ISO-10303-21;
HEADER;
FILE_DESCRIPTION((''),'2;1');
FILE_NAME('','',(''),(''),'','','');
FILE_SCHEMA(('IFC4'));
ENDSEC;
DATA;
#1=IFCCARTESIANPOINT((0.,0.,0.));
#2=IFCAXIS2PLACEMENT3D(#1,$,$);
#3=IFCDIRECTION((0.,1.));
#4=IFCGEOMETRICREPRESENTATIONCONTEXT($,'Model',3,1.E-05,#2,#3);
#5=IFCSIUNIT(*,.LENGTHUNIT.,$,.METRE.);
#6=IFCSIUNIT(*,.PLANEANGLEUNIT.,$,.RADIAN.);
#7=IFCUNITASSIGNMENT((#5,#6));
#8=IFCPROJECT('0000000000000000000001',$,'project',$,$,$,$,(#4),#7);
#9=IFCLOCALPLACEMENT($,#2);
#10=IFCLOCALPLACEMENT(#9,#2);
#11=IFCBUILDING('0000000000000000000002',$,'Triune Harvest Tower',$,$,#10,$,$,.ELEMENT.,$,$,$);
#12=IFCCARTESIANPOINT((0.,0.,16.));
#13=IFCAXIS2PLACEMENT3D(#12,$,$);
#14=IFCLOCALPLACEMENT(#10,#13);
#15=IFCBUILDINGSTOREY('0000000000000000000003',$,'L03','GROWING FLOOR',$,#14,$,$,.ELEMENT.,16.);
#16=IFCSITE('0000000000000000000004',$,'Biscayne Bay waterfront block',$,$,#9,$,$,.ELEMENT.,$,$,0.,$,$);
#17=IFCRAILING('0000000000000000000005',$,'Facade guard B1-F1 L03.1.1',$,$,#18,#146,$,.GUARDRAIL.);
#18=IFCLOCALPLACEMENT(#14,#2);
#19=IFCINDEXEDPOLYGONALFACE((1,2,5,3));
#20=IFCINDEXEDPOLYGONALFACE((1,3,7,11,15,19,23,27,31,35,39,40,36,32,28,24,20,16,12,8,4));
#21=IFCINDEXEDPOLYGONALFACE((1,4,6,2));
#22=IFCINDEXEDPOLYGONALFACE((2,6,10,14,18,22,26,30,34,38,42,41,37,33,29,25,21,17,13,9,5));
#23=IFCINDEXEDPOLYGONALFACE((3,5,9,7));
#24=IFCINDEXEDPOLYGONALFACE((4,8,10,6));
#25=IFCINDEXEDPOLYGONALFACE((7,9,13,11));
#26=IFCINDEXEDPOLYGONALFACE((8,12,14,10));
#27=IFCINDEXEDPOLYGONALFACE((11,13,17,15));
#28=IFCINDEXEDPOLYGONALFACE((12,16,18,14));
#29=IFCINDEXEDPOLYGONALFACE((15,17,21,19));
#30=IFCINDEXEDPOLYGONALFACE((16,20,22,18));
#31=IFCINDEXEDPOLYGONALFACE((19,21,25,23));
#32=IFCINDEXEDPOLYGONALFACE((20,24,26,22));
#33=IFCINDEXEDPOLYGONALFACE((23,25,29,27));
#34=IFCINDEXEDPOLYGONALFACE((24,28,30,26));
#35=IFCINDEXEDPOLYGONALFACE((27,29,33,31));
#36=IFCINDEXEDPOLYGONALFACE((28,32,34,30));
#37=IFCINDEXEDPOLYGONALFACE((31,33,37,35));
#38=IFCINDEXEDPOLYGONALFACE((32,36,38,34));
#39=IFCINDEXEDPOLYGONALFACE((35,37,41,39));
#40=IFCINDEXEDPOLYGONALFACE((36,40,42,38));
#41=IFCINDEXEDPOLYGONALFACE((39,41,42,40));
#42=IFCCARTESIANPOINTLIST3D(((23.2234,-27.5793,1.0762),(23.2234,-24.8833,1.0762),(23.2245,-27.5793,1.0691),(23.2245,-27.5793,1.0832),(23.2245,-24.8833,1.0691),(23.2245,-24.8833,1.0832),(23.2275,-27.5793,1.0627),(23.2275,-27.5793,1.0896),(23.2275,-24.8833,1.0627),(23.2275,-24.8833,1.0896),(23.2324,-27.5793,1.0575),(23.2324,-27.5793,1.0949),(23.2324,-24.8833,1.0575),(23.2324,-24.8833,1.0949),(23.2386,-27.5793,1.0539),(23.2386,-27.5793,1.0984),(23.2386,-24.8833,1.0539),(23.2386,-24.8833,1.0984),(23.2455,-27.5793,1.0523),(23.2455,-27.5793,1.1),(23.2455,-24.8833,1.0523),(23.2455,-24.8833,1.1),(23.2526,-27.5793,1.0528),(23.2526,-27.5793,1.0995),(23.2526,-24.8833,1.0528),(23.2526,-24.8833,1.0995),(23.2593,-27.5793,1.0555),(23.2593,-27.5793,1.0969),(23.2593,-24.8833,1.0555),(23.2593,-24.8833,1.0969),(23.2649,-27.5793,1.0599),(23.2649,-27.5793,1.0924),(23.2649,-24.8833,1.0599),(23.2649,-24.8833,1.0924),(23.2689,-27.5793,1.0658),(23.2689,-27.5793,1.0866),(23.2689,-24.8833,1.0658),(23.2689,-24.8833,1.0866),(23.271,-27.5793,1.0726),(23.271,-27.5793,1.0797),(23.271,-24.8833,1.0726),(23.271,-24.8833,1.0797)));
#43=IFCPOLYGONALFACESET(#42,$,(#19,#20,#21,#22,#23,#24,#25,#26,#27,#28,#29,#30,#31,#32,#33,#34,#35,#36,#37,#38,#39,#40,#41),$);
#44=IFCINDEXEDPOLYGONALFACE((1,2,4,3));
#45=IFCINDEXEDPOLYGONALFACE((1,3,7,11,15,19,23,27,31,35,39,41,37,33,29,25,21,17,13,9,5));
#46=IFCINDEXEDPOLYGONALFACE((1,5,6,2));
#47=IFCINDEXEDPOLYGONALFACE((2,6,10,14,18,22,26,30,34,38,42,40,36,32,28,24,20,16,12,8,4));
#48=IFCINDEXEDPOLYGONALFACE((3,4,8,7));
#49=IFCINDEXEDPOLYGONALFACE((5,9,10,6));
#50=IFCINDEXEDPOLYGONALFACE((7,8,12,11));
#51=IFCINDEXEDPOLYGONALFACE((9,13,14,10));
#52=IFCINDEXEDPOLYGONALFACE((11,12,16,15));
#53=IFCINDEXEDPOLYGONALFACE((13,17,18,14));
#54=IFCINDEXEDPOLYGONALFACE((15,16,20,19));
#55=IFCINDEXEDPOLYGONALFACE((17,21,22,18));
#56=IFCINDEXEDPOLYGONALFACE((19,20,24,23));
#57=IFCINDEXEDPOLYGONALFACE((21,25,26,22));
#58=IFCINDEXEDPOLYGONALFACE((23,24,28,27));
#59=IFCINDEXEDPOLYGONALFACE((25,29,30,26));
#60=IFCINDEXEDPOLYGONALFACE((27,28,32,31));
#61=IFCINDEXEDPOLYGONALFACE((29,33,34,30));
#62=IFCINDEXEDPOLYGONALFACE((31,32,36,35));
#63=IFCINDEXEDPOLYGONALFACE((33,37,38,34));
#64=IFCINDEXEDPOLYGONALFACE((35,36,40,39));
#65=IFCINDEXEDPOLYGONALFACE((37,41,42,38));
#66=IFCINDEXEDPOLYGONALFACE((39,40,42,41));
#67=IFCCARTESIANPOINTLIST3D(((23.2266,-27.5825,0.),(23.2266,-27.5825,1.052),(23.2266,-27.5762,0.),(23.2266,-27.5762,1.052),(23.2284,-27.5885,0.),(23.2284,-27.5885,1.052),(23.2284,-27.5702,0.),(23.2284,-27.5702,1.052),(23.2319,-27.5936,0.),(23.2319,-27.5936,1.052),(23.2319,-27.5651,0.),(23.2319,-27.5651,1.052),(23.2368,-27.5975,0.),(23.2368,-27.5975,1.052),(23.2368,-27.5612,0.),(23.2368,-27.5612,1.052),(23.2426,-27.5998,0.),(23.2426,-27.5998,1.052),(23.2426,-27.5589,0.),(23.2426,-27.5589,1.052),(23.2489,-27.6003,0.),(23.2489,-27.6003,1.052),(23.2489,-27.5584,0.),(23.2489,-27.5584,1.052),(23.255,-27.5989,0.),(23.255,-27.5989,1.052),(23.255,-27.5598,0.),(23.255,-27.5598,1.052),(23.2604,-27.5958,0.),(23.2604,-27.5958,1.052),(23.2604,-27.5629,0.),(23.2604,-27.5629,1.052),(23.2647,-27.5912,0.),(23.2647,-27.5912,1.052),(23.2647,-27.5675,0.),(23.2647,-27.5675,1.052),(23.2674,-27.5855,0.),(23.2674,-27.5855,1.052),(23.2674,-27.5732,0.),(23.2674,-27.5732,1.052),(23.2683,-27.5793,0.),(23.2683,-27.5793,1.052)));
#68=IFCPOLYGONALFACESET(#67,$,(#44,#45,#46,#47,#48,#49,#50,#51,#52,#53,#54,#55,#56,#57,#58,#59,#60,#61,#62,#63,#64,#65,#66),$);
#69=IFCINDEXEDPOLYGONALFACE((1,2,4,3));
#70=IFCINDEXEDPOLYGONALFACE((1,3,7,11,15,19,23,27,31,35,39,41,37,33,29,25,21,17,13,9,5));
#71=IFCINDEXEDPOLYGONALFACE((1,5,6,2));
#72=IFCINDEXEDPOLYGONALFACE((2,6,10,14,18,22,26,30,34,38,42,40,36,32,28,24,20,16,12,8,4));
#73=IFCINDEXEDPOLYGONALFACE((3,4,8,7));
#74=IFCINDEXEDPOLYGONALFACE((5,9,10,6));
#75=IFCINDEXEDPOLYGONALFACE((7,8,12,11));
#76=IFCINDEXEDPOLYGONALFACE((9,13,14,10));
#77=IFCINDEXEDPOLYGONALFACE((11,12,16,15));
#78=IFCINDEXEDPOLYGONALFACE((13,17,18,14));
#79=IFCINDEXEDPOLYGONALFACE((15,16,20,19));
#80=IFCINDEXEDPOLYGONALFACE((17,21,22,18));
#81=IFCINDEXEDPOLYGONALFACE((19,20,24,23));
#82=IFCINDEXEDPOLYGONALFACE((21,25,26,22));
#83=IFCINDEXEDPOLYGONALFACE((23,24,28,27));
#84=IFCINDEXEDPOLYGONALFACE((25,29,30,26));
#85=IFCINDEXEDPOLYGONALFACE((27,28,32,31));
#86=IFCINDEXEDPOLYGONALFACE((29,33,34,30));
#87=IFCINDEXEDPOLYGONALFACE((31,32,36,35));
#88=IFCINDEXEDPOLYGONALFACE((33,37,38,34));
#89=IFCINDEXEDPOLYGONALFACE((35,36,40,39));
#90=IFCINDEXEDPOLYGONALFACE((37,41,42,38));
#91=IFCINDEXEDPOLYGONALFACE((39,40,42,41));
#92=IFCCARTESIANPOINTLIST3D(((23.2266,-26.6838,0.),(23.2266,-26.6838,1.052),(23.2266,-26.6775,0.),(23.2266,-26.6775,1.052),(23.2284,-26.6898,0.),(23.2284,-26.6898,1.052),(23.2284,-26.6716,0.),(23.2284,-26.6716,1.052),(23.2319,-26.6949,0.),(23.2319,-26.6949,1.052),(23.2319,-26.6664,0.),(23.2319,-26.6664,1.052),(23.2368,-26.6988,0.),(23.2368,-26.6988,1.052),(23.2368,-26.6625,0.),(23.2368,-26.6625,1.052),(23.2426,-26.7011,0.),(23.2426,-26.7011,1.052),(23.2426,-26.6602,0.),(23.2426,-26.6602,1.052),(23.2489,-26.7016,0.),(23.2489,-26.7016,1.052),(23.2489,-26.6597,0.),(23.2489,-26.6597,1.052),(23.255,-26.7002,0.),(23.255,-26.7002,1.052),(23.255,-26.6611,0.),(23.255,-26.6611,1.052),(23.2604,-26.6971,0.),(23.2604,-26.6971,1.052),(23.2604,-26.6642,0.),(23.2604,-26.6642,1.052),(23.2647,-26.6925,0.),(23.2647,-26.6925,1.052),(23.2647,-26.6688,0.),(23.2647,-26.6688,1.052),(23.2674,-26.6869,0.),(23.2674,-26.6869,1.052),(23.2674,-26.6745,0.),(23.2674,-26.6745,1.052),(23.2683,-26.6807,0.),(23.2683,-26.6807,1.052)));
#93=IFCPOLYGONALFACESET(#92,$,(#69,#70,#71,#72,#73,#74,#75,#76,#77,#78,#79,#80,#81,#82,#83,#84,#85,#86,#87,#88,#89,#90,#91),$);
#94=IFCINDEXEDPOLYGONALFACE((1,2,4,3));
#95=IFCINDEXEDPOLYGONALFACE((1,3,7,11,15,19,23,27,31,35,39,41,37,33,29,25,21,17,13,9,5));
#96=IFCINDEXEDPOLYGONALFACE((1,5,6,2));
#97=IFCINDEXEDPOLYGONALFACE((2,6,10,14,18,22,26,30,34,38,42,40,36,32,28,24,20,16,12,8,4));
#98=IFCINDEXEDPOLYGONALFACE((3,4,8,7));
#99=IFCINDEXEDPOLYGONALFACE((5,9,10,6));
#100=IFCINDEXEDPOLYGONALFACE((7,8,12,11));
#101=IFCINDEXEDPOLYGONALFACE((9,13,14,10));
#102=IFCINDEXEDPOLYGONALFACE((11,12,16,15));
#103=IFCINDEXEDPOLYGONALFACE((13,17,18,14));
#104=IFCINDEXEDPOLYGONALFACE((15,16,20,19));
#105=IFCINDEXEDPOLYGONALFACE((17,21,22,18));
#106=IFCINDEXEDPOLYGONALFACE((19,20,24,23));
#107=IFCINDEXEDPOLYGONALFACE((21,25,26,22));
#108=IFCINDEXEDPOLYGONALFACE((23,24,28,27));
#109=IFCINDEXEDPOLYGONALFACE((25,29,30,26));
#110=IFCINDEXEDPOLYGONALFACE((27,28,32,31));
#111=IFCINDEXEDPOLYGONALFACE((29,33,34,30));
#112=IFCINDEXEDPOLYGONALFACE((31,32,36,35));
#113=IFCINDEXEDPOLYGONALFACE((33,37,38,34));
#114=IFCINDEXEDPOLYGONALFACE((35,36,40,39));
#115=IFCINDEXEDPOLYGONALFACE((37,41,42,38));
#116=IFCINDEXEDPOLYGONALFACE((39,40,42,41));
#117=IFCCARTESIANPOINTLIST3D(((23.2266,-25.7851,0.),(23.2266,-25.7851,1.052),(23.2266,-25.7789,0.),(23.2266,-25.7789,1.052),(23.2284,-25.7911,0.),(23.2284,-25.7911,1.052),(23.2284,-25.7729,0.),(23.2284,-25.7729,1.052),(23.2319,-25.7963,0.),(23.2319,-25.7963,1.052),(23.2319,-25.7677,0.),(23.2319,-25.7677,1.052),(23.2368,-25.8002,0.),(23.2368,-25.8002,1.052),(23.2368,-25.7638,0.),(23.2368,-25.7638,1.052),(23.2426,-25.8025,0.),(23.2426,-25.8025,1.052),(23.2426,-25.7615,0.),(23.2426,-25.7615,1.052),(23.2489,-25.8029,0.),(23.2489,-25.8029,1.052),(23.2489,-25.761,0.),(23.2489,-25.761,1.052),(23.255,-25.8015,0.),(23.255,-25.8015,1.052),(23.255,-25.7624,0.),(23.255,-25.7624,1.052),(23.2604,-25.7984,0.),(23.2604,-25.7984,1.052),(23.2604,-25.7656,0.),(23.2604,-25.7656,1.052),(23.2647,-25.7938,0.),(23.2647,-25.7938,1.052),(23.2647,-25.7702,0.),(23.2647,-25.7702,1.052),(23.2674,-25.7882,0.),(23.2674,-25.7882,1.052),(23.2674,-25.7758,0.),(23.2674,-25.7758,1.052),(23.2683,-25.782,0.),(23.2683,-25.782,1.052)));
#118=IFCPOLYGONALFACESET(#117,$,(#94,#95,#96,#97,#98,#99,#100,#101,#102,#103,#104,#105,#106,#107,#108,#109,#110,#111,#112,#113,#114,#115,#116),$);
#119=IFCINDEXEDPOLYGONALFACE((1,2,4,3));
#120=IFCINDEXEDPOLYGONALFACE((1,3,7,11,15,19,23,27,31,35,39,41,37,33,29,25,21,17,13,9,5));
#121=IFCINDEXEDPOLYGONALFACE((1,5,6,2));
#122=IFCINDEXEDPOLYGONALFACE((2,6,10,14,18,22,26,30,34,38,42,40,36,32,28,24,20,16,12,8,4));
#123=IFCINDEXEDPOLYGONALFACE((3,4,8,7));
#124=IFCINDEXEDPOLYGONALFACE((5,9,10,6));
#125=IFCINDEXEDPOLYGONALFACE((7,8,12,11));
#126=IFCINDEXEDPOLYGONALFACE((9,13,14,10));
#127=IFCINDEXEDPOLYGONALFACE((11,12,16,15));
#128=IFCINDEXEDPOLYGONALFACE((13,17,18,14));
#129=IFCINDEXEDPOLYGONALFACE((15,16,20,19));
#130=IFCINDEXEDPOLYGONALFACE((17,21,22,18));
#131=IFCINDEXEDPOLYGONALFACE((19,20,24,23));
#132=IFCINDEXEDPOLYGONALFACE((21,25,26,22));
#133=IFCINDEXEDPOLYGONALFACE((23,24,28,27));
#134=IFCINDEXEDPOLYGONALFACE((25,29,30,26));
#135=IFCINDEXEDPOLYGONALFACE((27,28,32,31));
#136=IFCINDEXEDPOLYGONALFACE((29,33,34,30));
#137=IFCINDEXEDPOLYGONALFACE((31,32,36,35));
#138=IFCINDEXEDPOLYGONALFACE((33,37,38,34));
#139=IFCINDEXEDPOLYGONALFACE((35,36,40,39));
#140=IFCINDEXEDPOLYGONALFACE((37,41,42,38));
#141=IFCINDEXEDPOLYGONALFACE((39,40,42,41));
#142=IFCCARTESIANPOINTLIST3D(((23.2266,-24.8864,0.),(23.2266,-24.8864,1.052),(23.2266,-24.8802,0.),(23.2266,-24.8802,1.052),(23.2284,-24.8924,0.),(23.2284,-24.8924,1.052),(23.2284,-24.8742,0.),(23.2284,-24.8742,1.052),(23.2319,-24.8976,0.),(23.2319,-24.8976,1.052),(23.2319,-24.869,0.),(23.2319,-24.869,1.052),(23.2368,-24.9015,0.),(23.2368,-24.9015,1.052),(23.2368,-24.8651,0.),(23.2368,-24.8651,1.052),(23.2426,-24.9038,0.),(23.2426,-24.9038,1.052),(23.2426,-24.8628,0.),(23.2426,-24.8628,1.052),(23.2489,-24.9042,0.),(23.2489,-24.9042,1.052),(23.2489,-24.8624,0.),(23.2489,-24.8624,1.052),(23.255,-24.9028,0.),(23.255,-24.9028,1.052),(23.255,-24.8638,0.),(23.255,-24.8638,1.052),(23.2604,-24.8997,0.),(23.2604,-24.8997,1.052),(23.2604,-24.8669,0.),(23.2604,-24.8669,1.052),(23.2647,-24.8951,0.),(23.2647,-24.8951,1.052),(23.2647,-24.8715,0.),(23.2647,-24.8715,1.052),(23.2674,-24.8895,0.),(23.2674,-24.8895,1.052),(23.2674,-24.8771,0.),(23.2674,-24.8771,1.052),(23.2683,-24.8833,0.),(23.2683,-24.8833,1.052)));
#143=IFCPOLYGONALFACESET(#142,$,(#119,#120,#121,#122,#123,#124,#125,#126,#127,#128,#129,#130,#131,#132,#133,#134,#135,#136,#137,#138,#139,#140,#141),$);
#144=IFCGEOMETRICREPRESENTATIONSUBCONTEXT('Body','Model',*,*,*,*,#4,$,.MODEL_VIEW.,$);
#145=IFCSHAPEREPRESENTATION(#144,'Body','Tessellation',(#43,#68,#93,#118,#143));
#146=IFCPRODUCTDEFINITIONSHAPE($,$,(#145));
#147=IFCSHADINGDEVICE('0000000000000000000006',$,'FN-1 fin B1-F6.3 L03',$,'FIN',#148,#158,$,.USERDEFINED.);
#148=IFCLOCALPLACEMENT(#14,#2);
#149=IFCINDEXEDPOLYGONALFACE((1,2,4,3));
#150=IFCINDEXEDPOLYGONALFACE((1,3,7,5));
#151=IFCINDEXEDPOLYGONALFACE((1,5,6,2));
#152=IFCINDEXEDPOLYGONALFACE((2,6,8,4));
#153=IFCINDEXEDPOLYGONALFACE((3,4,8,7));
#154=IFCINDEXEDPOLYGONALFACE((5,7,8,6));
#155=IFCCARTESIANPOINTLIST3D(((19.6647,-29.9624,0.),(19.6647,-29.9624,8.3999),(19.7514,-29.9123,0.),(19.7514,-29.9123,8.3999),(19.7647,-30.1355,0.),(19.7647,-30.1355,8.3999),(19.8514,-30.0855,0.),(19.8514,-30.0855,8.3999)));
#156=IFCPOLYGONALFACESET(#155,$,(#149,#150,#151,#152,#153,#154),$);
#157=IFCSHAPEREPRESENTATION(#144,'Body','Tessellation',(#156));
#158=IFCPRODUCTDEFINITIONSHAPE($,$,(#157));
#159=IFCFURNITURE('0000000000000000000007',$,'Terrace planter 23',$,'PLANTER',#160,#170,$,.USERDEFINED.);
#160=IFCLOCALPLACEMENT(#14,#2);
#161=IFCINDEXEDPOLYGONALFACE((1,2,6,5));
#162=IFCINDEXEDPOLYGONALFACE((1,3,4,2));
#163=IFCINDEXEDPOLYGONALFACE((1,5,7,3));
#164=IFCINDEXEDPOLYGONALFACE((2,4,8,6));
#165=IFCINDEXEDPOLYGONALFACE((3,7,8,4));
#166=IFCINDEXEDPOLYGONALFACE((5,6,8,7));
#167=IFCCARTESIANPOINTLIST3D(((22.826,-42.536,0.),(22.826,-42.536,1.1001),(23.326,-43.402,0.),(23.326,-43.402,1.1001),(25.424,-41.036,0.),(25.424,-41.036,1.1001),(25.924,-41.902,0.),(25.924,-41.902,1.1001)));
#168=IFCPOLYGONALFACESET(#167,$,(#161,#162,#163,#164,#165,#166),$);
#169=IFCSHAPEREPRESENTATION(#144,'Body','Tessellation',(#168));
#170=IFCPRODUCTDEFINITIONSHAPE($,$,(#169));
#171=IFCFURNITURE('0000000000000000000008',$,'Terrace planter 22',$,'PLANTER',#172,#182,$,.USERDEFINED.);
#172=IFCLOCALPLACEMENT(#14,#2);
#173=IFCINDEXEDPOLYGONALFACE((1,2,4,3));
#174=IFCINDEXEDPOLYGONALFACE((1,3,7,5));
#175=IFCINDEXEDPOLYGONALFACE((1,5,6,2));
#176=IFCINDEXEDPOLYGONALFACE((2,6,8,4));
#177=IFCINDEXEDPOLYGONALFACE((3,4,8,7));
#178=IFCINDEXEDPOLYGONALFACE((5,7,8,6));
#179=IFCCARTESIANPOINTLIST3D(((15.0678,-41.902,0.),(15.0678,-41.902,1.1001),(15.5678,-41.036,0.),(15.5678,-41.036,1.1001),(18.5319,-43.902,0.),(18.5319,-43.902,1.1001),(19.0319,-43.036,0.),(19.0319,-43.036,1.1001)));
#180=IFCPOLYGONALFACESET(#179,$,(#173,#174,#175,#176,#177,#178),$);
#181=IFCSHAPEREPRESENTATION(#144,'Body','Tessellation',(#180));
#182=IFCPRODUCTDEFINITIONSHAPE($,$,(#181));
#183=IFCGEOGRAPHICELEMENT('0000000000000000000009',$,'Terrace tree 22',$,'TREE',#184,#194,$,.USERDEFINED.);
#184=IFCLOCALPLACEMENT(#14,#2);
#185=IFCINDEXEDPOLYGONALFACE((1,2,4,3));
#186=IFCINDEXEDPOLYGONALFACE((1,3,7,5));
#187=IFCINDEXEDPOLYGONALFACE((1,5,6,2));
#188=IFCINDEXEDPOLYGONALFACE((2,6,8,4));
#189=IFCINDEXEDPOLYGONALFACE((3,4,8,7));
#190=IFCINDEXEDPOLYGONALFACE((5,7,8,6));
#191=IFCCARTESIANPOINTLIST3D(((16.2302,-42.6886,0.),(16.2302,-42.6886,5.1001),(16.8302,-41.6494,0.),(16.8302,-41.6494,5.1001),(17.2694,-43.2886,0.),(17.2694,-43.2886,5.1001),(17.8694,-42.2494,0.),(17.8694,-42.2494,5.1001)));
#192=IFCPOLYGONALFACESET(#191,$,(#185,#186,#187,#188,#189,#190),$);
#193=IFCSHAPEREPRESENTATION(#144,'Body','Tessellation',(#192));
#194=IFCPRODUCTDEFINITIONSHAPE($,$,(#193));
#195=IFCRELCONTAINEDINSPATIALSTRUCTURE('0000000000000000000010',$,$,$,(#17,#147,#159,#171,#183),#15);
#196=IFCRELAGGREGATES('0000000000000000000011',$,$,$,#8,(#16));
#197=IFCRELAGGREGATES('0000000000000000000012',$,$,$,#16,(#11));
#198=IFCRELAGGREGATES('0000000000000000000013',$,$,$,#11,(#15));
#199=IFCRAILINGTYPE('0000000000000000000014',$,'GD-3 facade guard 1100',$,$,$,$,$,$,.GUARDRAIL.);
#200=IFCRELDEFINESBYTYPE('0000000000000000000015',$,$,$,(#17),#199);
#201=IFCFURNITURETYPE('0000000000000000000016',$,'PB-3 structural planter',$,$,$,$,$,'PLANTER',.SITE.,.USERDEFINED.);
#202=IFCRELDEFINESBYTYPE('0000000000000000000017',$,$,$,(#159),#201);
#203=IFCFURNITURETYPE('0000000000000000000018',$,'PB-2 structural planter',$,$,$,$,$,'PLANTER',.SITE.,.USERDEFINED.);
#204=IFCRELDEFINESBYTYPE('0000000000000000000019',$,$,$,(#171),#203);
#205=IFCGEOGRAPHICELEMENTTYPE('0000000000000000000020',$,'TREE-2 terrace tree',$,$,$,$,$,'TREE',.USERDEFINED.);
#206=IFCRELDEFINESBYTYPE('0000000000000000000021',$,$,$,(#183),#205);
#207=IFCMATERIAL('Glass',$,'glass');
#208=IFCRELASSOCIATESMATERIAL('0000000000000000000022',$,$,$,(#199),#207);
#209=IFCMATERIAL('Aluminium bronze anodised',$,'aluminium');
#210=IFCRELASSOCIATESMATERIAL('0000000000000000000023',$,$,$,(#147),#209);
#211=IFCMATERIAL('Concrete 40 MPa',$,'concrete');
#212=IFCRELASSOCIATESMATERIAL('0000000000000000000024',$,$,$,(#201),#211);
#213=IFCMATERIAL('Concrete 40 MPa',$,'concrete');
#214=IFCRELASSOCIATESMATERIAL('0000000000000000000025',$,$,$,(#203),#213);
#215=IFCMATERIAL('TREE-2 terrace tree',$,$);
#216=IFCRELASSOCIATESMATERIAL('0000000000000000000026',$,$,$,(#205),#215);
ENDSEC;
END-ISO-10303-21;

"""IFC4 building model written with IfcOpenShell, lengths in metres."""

from ifc_helpers import new_model, si_unit, direction, frame, origin, origin_2d, place, context, subcontext, project, spatial, rectangle, circle, extrude, source, transform, mapped, material, type_object, element, save


model = new_model("IFC4")

# Units and contexts
model_context = context("Model", 3, precision=1e-05, world=origin(), true_north=direction((0.0, 1.0)))
body_context = subcontext(model_context, "Body", "Model", "MODEL_VIEW")
ifc_project = project(units=[si_unit("LENGTHUNIT", "METRE"), si_unit("PLANEANGLEUNIT", "RADIAN")], contexts=[model_context])

# Site, building, storey
site_placement = place(None, origin())
site = spatial("IfcSite", under=ifc_project, at=site_placement, Name="Biscayne Bay waterfront block", CompositionType="ELEMENT", RefElevation=0.0)
building_placement = place(site_placement, origin())
building = spatial("IfcBuilding", under=site, at=building_placement, Name="Triune Harvest Tower", CompositionType="ELEMENT")
storey_placement = place(building_placement, frame((0.0, 0.0, 16.0)))
storey = spatial("IfcBuildingStorey", under=building, at=storey_placement, Name="L03", Description="GROWING FLOOR", CompositionType="ELEMENT", Elevation=16.0)

# Railing
ifc_material_1 = material(Name="Glass", Category="glass")
railing_type_1 = type_object("IfcRailingType", Name="GD-3 facade guard 1100", PredefinedType="GUARDRAIL", material=ifc_material_1)
railing_1_placement = place(storey_placement, frame((23.2473, -27.5793, 0.0)))
element("IfcRailing", 1, at=railing_1_placement, inside=storey, type_object=railing_type_1, Name="Facade guard B1-F1 L03.1.1", PredefinedType="GUARDRAIL", context=body_context, shape_type="SweptSolid", body=[
    extrude(circle(Radius=0.0239, at=origin_2d()), frame((0.0, 0.0, 1.0762), z_axis=(0.0, 1.0, 0.0), x_axis=(-1.0, 0.0, 0.0)), (0.0, 0.0, 1.0), 2.696),
    extrude(circle(Radius=0.021, at=origin_2d()), origin(), (0.0, 0.0, 1.0), 1.052),
    extrude(circle(Radius=0.021, at=origin_2d()), frame((0.0, 0.8987, 0.0)), (0.0, 0.0, 1.0), 1.052),
    extrude(circle(Radius=0.021, at=origin_2d()), frame((0.0, 1.7974, 0.0)), (0.0, 0.0, 1.0), 1.052),
    extrude(circle(Radius=0.021, at=origin_2d()), frame((0.0, 2.696, 0.0)), (0.0, 0.0, 1.0), 1.052),
])

# Shading device
ifc_material_2 = material(Name="Aluminium bronze anodised", Category="aluminium")
shared_shape_1 = source(origin(), body_context, "Body", "SweptSolid", [
    extrude(rectangle(XDim=0.1001, YDim=0.2, at=origin_2d()), origin(), (0.0, 0.0, 1.0), 8.3999),
])
shading_device_placement = place(storey_placement, frame((19.7581, -30.0239, 0.0), z_axis=(0.0, 0.0, 1.0), x_axis=(0.866026, 0.499999, 0.0)))
element("IfcShadingDevice", 2, at=shading_device_placement, inside=storey, material=ifc_material_2, Name="FN-1 fin B1-F6.3 L03", ObjectType="FIN", PredefinedType="USERDEFINED", context=body_context, shape_type="MappedRepresentation", body=[
    mapped(shared_shape_1, transform((0.0, 0.0, 0.0), scale=1.0)),
])

# Furniture
ifc_material_3 = material(Name="Concrete 40 MPa", Category="concrete")
furniture_type_1 = type_object("IfcFurnitureType", Name="PB-3 structural planter", ElementType="PLANTER", AssemblyPlace="SITE", PredefinedType="USERDEFINED", material=ifc_material_3)
shared_shape_2 = source(origin(), body_context, "Body", "SweptSolid", [
    extrude(rectangle(XDim=3.0, YDim=1.0, at=origin_2d()), origin(), (0.0, 0.0, 1.0), 1.1001),
])
furniture_1_placement = place(storey_placement, frame((24.375, -42.219, 0.0), z_axis=(0.0, 0.0, 1.0), x_axis=(0.866027, 0.499997, 0.0)))
element("IfcFurniture", 3, at=furniture_1_placement, inside=storey, type_object=furniture_type_1, Name="Terrace planter 23", ObjectType="PLANTER", PredefinedType="USERDEFINED", context=body_context, shape_type="MappedRepresentation", body=[
    mapped(shared_shape_2, transform((0.0, 0.0, 0.0), scale=1.0)),
])
ifc_material_4 = material(Name="Concrete 40 MPa", Category="concrete")
furniture_type_2 = type_object("IfcFurnitureType", Name="PB-2 structural planter", ElementType="PLANTER", AssemblyPlace="SITE", PredefinedType="USERDEFINED", material=ifc_material_4)
shared_shape_3 = source(origin(), body_context, "Body", "SweptSolid", [
    extrude(rectangle(XDim=4.0, YDim=1.0, at=origin_2d()), origin(), (0.0, 0.0, 1.0), 1.1001),
])
furniture_2_placement = place(storey_placement, frame((17.0498, -42.469, 0.0), z_axis=(0.0, 0.0, 1.0), x_axis=(0.866025, -0.5, 0.0)))
element("IfcFurniture", 4, at=furniture_2_placement, inside=storey, type_object=furniture_type_2, Name="Terrace planter 22", ObjectType="PLANTER", PredefinedType="USERDEFINED", context=body_context, shape_type="MappedRepresentation", body=[
    mapped(shared_shape_3, transform((0.0, 0.0, 0.0), scale=1.0)),
])

# Geographic element
ifc_material_5 = material(Name="TREE-2 terrace tree")
geographic_element_type = type_object("IfcGeographicElementType", Name="TREE-2 terrace tree", ElementType="TREE", PredefinedType="USERDEFINED", material=ifc_material_5)
shared_shape_4 = source(origin(), body_context, "Body", "SweptSolid", [
    extrude(rectangle(XDim=1.2, YDim=1.2, at=origin_2d()), origin(), (0.0, 0.0, 1.0), 5.1001),
])
for number, where, z_axis, x_axis, name in (
    (5, (17.0498, -42.469, 0.0), (0.0, 0.0, 1.0), (0.866025, -0.5, 0.0), "Terrace tree 22"),
):
    element("IfcGeographicElement", number, at=place(storey_placement, frame(where, z_axis=z_axis, x_axis=x_axis)), inside=storey, type_object=geographic_element_type, Name=name, ObjectType="TREE", PredefinedType="USERDEFINED", context=body_context, shape_type="MappedRepresentation", body=[
        mapped(shared_shape_4, transform((0.0, 0.0, 0.0), scale=1.0)),
    ])

save(model, "model.ifc")
